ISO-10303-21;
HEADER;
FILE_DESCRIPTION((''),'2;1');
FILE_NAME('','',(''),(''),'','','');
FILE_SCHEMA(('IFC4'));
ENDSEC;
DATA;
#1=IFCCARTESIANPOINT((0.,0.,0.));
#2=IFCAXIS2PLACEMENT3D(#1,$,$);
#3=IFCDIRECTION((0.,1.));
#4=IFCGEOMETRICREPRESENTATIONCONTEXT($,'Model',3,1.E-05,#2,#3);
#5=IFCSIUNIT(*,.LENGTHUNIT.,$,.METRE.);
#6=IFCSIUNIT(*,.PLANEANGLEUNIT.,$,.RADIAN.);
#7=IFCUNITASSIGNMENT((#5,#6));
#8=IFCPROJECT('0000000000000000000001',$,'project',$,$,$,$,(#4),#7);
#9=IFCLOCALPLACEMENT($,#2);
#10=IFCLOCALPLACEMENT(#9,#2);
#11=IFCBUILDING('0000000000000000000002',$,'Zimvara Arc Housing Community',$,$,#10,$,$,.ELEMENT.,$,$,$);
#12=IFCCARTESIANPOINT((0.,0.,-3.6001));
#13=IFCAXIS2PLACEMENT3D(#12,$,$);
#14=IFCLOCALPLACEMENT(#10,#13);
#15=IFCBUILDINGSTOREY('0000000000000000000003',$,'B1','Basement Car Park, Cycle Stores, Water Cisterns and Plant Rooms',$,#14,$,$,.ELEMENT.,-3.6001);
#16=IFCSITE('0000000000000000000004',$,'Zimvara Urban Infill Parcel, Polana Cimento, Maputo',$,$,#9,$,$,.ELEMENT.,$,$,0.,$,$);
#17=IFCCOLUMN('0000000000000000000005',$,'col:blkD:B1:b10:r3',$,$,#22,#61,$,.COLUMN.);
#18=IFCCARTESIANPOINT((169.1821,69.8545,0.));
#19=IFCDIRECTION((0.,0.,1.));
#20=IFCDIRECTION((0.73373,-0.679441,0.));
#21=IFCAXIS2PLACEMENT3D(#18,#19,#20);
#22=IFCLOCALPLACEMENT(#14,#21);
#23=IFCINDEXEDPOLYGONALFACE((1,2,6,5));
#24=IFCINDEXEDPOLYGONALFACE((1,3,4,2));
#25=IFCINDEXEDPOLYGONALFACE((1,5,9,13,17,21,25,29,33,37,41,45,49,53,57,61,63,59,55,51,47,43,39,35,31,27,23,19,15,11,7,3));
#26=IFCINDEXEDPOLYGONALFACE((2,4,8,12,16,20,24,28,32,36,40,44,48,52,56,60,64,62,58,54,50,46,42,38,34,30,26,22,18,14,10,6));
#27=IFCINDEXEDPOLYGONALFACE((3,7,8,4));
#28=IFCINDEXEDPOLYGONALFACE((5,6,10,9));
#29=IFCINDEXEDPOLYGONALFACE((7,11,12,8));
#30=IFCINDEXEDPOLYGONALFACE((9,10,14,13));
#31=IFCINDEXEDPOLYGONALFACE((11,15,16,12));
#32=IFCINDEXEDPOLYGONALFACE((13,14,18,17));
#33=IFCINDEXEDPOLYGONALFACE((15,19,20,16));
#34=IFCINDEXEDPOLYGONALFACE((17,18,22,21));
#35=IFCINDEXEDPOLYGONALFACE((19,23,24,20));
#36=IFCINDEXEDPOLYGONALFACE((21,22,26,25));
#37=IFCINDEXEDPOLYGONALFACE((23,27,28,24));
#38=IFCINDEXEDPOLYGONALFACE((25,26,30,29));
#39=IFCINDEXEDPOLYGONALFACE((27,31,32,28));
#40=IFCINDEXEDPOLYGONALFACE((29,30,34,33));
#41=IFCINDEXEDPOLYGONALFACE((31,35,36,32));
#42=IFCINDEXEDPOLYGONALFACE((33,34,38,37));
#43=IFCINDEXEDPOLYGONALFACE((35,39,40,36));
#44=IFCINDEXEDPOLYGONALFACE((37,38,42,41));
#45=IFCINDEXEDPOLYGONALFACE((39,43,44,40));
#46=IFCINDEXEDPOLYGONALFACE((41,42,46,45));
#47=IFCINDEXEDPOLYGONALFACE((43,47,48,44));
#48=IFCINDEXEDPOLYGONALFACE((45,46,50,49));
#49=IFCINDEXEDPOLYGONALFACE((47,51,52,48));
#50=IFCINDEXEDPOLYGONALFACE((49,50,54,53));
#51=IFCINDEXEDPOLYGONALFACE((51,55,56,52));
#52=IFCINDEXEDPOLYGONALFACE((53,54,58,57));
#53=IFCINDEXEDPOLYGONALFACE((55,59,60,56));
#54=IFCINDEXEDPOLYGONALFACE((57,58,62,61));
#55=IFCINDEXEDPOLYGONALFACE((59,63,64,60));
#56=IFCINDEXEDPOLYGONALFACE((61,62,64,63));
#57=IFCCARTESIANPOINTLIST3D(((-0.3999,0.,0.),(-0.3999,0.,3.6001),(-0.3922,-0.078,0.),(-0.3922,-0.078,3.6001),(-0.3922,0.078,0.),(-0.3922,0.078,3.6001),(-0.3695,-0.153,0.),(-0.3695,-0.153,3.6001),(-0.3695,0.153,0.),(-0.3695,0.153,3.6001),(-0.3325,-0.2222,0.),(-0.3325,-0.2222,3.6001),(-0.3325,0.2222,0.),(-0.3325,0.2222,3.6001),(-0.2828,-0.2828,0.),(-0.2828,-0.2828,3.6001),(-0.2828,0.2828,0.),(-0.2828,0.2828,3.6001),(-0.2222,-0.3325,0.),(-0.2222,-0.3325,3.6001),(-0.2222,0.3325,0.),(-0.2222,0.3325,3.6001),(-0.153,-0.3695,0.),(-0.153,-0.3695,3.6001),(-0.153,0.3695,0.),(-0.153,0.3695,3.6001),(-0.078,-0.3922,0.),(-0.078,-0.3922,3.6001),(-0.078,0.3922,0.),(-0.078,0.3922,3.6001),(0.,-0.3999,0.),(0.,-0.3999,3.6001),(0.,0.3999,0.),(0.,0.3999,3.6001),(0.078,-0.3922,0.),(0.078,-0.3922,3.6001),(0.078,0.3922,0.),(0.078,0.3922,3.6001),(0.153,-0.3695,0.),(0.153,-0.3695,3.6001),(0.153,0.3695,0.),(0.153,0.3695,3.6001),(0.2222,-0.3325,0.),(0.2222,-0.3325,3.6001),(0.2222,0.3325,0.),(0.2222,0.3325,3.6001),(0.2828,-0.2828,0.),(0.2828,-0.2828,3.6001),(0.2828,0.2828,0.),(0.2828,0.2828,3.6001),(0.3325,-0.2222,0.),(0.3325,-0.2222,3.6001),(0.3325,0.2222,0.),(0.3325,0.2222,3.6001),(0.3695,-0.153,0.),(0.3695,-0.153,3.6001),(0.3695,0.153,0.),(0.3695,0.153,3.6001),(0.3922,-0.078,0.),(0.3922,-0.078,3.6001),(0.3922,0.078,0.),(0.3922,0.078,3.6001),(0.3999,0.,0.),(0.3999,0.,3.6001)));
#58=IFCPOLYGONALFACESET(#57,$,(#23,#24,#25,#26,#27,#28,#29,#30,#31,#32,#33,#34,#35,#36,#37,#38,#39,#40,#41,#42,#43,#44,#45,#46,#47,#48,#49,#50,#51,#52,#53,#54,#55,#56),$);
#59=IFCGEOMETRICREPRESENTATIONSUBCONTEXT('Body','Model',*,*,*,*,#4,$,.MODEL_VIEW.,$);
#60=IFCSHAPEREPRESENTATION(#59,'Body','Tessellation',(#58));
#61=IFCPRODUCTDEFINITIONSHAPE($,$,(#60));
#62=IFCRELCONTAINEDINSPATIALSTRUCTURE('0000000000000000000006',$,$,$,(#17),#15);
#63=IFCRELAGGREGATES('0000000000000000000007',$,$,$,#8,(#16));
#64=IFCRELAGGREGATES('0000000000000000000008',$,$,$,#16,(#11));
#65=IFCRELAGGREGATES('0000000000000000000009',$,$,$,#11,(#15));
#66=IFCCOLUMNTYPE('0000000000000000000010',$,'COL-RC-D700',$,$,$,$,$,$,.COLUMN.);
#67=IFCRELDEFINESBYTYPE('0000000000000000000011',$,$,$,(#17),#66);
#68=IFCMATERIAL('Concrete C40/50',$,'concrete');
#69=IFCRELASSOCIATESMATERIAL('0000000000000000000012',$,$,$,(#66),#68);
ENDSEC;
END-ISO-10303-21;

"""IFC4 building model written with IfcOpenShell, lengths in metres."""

from ifc_helpers import new_model, si_unit, direction, frame, origin, origin_2d, place, context, subcontext, project, spatial, circle, extrude, material, material_profile, profile_set, type_object, element, save


model = new_model("IFC4")

# Units and contexts
model_context = context("Model", 3, precision=1e-05, world=origin(), true_north=direction((0.0, 1.0)))
body_context = subcontext(model_context, "Body", "Model", "MODEL_VIEW")
ifc_project = project(units=[si_unit("LENGTHUNIT", "METRE"), si_unit("PLANEANGLEUNIT", "RADIAN")], contexts=[model_context])

# Site, building, storey
site_placement = place(None, origin())
site = spatial("IfcSite", under=ifc_project, at=site_placement, Name="Zimvara Urban Infill Parcel, Polana Cimento, Maputo", CompositionType="ELEMENT", RefElevation=0.0)
building_placement = place(site_placement, origin())
building = spatial("IfcBuilding", under=site, at=building_placement, Name="Zimvara Arc Housing Community", CompositionType="ELEMENT")
storey_placement = place(building_placement, frame((0.0, 0.0, -3.6001)))
storey = spatial("IfcBuildingStorey", under=building, at=storey_placement, Name="B1", Description="Basement Car Park, Cycle Stores, Water Cisterns and Plant Rooms", CompositionType="ELEMENT", Elevation=-3.6001)

# Column
ifc_material_1 = material(Name="Concrete C40/50", Category="concrete")
ifc_material_profile_1 = material_profile(ifc_material_1, circle(Radius=0.3999, at=origin_2d()), Name="RC D800")
ifc_profile_set_1 = profile_set([ifc_material_profile_1], Name="Concrete C40/50")
column_type_1 = type_object("IfcColumnType", Name="COL-RC-D700", PredefinedType="COLUMN", material=ifc_profile_set_1)
column_1_placement = place(storey_placement, frame((169.1821, 69.8545, 0.0), z_axis=(0.0, 0.0, 1.0), x_axis=(0.73373, -0.679441, 0.0)))
element("IfcColumn", 1, at=column_1_placement, inside=storey, type_object=column_type_1, Name="col:blkD:B1:b10:r3", PredefinedType="COLUMN", context=body_context, shape_type="SweptSolid", body=[
    extrude(circle(Radius=0.3999, at=origin_2d()), origin(), (0.0, 0.0, 1.0), 3.6001),
])

save(model, "model.ifc")
